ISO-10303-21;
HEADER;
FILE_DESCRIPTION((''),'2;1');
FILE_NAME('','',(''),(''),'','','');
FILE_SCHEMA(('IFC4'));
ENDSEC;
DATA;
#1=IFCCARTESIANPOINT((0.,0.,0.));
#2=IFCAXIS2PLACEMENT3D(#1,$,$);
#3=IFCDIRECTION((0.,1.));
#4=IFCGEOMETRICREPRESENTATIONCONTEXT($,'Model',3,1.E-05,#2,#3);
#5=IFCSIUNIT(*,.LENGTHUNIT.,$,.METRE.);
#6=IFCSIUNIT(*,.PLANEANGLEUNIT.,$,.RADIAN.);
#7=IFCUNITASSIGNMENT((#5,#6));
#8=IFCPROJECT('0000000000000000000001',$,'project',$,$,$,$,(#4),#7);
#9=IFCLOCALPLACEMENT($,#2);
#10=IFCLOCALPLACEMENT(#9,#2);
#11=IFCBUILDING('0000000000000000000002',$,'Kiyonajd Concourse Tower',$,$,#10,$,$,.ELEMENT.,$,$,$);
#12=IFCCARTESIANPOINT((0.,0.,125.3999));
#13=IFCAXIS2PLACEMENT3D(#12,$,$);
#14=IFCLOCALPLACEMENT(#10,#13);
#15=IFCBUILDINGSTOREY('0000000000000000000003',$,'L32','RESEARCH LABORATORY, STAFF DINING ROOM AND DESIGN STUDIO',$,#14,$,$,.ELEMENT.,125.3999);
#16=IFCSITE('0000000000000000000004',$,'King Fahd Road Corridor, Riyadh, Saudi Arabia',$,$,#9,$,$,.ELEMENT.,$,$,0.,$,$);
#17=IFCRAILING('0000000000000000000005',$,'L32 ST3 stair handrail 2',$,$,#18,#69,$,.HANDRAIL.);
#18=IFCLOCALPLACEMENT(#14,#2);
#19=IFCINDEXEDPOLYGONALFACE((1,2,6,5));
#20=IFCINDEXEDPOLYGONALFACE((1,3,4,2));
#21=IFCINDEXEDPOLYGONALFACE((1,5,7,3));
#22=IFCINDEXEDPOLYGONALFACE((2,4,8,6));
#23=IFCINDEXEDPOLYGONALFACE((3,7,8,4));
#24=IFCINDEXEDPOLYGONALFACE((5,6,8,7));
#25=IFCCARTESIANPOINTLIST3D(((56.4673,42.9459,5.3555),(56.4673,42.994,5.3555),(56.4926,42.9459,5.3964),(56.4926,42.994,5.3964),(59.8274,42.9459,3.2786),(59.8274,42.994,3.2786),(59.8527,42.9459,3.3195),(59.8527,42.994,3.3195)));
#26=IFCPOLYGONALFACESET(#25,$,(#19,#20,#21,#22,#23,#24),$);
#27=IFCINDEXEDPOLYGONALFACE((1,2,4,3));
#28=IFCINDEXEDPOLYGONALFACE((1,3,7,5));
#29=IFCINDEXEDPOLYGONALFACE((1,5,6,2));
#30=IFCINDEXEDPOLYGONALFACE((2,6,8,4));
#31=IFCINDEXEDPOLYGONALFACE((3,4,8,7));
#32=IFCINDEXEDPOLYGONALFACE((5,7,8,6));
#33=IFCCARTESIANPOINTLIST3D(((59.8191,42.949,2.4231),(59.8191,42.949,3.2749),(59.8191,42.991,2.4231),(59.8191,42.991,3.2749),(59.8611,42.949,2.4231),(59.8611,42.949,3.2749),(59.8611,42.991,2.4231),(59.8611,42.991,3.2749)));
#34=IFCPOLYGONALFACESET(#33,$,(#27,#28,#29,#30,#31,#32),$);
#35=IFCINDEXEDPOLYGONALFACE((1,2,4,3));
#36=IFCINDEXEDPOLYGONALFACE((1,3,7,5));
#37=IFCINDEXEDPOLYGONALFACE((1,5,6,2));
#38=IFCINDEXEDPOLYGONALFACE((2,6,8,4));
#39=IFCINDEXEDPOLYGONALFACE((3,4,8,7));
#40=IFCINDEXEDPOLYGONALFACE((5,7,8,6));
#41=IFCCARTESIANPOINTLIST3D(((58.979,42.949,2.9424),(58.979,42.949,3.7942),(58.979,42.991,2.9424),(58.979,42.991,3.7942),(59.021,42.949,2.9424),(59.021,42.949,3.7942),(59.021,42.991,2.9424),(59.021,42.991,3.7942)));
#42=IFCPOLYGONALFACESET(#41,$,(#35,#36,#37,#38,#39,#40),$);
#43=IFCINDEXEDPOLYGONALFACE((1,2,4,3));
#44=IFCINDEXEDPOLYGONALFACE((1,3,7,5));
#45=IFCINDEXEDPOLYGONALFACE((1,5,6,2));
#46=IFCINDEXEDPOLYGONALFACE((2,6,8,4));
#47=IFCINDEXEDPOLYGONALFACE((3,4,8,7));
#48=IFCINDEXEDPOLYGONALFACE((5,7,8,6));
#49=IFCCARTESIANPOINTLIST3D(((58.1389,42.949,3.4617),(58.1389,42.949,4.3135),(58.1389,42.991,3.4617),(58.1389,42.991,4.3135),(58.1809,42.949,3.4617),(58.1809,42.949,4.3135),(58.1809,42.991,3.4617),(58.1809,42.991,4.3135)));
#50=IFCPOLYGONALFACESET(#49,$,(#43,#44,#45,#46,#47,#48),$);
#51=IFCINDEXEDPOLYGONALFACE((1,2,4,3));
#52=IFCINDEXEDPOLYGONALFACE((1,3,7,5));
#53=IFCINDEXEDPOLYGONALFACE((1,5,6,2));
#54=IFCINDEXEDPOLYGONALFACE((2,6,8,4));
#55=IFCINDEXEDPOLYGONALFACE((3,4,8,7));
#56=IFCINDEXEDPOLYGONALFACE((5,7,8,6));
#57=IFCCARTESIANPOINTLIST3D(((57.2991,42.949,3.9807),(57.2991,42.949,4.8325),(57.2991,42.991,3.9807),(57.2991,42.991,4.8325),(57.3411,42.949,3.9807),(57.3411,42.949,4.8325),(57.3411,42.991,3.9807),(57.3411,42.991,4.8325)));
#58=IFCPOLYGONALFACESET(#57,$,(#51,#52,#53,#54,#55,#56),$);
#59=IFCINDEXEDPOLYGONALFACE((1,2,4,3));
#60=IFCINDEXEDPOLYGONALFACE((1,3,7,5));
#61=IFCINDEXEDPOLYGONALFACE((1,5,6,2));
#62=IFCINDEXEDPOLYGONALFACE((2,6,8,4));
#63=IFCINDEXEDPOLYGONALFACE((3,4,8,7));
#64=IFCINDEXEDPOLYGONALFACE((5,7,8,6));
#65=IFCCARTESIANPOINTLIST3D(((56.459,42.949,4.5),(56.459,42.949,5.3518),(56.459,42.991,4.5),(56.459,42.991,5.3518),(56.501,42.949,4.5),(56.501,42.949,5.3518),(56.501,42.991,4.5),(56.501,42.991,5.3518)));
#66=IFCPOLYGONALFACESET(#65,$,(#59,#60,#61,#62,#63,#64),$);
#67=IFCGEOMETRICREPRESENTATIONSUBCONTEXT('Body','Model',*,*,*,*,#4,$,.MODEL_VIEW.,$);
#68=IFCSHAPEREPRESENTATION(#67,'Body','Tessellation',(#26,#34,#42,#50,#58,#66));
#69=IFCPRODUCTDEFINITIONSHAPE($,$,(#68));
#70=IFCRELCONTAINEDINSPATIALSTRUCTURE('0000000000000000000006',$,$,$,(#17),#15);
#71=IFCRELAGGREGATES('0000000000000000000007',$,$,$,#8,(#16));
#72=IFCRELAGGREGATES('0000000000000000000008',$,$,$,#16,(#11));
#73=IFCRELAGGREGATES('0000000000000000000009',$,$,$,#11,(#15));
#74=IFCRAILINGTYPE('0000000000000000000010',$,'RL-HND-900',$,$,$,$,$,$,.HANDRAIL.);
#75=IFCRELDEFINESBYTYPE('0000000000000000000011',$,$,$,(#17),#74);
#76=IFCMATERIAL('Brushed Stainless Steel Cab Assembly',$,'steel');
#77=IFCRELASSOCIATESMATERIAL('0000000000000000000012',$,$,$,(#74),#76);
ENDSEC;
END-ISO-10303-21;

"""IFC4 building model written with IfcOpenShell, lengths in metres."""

from ifc_helpers import new_model, si_unit, direction, frame, origin, origin_2d, place, context, subcontext, project, spatial, rectangle, extrude, material, type_object, element, save


model = new_model("IFC4")

# Units and contexts
model_context = context("Model", 3, precision=1e-05, world=origin(), true_north=direction((0.0, 1.0)))
body_context = subcontext(model_context, "Body", "Model", "MODEL_VIEW")
ifc_project = project(units=[si_unit("LENGTHUNIT", "METRE"), si_unit("PLANEANGLEUNIT", "RADIAN")], contexts=[model_context])

# Site, building, storey
site_placement = place(None, origin())
site = spatial("IfcSite", under=ifc_project, at=site_placement, Name="King Fahd Road Corridor, Riyadh, Saudi Arabia", CompositionType="ELEMENT", RefElevation=0.0)
building_placement = place(site_placement, origin())
building = spatial("IfcBuilding", under=site, at=building_placement, Name="Kiyonajd Concourse Tower", CompositionType="ELEMENT")
storey_placement = place(building_placement, frame((0.0, 0.0, 125.3999)))
storey = spatial("IfcBuildingStorey", under=building, at=storey_placement, Name="L32", Description="RESEARCH LABORATORY, STAFF DINING ROOM AND DESIGN STUDIO", CompositionType="ELEMENT", Elevation=125.3999)

# Railing
ifc_material_1 = material(Name="Brushed Stainless Steel Cab Assembly", Category="steel")
railing_type = type_object("IfcRailingType", Name="RL-HND-900", PredefinedType="HANDRAIL", material=ifc_material_1)
railing_placement = place(storey_placement, frame((59.8401, 42.97, 2.4231)))
element("IfcRailing", 1, at=railing_placement, inside=storey, type_object=railing_type, Name="L32 ST3 stair handrail 2", PredefinedType="HANDRAIL", context=body_context, shape_type="SweptSolid", body=[
    extrude(rectangle(XDim=0.0481, YDim=0.0481, at=origin_2d()), frame((0.0, 0.0, 0.876), z_axis=(-0.850623, 0.0, 0.525776), x_axis=(0.0, -1.0, 0.0)), (0.0, 0.0, 1.0), 3.9502),
    extrude(rectangle(XDim=0.042, YDim=0.042, at=origin_2d()), origin(), (0.0, 0.0, 1.0), 0.8518),
    extrude(rectangle(XDim=0.042, YDim=0.042, at=origin_2d()), frame((-0.8401, 0.0, 0.5193)), (0.0, 0.0, 1.0), 0.8518),
    extrude(rectangle(XDim=0.042, YDim=0.042, at=origin_2d()), frame((-1.6802, 0.0, 1.0386)), (0.0, 0.0, 1.0), 0.8518),
    extrude(rectangle(XDim=0.042, YDim=0.042, at=origin_2d()), frame((-2.52, 0.0, 1.5576)), (0.0, 0.0, 1.0), 0.8518),
    extrude(rectangle(XDim=0.042, YDim=0.042, at=origin_2d()), frame((-3.3601, 0.0, 2.0769)), (0.0, 0.0, 1.0), 0.8518),
])

save(model, "model.ifc")
